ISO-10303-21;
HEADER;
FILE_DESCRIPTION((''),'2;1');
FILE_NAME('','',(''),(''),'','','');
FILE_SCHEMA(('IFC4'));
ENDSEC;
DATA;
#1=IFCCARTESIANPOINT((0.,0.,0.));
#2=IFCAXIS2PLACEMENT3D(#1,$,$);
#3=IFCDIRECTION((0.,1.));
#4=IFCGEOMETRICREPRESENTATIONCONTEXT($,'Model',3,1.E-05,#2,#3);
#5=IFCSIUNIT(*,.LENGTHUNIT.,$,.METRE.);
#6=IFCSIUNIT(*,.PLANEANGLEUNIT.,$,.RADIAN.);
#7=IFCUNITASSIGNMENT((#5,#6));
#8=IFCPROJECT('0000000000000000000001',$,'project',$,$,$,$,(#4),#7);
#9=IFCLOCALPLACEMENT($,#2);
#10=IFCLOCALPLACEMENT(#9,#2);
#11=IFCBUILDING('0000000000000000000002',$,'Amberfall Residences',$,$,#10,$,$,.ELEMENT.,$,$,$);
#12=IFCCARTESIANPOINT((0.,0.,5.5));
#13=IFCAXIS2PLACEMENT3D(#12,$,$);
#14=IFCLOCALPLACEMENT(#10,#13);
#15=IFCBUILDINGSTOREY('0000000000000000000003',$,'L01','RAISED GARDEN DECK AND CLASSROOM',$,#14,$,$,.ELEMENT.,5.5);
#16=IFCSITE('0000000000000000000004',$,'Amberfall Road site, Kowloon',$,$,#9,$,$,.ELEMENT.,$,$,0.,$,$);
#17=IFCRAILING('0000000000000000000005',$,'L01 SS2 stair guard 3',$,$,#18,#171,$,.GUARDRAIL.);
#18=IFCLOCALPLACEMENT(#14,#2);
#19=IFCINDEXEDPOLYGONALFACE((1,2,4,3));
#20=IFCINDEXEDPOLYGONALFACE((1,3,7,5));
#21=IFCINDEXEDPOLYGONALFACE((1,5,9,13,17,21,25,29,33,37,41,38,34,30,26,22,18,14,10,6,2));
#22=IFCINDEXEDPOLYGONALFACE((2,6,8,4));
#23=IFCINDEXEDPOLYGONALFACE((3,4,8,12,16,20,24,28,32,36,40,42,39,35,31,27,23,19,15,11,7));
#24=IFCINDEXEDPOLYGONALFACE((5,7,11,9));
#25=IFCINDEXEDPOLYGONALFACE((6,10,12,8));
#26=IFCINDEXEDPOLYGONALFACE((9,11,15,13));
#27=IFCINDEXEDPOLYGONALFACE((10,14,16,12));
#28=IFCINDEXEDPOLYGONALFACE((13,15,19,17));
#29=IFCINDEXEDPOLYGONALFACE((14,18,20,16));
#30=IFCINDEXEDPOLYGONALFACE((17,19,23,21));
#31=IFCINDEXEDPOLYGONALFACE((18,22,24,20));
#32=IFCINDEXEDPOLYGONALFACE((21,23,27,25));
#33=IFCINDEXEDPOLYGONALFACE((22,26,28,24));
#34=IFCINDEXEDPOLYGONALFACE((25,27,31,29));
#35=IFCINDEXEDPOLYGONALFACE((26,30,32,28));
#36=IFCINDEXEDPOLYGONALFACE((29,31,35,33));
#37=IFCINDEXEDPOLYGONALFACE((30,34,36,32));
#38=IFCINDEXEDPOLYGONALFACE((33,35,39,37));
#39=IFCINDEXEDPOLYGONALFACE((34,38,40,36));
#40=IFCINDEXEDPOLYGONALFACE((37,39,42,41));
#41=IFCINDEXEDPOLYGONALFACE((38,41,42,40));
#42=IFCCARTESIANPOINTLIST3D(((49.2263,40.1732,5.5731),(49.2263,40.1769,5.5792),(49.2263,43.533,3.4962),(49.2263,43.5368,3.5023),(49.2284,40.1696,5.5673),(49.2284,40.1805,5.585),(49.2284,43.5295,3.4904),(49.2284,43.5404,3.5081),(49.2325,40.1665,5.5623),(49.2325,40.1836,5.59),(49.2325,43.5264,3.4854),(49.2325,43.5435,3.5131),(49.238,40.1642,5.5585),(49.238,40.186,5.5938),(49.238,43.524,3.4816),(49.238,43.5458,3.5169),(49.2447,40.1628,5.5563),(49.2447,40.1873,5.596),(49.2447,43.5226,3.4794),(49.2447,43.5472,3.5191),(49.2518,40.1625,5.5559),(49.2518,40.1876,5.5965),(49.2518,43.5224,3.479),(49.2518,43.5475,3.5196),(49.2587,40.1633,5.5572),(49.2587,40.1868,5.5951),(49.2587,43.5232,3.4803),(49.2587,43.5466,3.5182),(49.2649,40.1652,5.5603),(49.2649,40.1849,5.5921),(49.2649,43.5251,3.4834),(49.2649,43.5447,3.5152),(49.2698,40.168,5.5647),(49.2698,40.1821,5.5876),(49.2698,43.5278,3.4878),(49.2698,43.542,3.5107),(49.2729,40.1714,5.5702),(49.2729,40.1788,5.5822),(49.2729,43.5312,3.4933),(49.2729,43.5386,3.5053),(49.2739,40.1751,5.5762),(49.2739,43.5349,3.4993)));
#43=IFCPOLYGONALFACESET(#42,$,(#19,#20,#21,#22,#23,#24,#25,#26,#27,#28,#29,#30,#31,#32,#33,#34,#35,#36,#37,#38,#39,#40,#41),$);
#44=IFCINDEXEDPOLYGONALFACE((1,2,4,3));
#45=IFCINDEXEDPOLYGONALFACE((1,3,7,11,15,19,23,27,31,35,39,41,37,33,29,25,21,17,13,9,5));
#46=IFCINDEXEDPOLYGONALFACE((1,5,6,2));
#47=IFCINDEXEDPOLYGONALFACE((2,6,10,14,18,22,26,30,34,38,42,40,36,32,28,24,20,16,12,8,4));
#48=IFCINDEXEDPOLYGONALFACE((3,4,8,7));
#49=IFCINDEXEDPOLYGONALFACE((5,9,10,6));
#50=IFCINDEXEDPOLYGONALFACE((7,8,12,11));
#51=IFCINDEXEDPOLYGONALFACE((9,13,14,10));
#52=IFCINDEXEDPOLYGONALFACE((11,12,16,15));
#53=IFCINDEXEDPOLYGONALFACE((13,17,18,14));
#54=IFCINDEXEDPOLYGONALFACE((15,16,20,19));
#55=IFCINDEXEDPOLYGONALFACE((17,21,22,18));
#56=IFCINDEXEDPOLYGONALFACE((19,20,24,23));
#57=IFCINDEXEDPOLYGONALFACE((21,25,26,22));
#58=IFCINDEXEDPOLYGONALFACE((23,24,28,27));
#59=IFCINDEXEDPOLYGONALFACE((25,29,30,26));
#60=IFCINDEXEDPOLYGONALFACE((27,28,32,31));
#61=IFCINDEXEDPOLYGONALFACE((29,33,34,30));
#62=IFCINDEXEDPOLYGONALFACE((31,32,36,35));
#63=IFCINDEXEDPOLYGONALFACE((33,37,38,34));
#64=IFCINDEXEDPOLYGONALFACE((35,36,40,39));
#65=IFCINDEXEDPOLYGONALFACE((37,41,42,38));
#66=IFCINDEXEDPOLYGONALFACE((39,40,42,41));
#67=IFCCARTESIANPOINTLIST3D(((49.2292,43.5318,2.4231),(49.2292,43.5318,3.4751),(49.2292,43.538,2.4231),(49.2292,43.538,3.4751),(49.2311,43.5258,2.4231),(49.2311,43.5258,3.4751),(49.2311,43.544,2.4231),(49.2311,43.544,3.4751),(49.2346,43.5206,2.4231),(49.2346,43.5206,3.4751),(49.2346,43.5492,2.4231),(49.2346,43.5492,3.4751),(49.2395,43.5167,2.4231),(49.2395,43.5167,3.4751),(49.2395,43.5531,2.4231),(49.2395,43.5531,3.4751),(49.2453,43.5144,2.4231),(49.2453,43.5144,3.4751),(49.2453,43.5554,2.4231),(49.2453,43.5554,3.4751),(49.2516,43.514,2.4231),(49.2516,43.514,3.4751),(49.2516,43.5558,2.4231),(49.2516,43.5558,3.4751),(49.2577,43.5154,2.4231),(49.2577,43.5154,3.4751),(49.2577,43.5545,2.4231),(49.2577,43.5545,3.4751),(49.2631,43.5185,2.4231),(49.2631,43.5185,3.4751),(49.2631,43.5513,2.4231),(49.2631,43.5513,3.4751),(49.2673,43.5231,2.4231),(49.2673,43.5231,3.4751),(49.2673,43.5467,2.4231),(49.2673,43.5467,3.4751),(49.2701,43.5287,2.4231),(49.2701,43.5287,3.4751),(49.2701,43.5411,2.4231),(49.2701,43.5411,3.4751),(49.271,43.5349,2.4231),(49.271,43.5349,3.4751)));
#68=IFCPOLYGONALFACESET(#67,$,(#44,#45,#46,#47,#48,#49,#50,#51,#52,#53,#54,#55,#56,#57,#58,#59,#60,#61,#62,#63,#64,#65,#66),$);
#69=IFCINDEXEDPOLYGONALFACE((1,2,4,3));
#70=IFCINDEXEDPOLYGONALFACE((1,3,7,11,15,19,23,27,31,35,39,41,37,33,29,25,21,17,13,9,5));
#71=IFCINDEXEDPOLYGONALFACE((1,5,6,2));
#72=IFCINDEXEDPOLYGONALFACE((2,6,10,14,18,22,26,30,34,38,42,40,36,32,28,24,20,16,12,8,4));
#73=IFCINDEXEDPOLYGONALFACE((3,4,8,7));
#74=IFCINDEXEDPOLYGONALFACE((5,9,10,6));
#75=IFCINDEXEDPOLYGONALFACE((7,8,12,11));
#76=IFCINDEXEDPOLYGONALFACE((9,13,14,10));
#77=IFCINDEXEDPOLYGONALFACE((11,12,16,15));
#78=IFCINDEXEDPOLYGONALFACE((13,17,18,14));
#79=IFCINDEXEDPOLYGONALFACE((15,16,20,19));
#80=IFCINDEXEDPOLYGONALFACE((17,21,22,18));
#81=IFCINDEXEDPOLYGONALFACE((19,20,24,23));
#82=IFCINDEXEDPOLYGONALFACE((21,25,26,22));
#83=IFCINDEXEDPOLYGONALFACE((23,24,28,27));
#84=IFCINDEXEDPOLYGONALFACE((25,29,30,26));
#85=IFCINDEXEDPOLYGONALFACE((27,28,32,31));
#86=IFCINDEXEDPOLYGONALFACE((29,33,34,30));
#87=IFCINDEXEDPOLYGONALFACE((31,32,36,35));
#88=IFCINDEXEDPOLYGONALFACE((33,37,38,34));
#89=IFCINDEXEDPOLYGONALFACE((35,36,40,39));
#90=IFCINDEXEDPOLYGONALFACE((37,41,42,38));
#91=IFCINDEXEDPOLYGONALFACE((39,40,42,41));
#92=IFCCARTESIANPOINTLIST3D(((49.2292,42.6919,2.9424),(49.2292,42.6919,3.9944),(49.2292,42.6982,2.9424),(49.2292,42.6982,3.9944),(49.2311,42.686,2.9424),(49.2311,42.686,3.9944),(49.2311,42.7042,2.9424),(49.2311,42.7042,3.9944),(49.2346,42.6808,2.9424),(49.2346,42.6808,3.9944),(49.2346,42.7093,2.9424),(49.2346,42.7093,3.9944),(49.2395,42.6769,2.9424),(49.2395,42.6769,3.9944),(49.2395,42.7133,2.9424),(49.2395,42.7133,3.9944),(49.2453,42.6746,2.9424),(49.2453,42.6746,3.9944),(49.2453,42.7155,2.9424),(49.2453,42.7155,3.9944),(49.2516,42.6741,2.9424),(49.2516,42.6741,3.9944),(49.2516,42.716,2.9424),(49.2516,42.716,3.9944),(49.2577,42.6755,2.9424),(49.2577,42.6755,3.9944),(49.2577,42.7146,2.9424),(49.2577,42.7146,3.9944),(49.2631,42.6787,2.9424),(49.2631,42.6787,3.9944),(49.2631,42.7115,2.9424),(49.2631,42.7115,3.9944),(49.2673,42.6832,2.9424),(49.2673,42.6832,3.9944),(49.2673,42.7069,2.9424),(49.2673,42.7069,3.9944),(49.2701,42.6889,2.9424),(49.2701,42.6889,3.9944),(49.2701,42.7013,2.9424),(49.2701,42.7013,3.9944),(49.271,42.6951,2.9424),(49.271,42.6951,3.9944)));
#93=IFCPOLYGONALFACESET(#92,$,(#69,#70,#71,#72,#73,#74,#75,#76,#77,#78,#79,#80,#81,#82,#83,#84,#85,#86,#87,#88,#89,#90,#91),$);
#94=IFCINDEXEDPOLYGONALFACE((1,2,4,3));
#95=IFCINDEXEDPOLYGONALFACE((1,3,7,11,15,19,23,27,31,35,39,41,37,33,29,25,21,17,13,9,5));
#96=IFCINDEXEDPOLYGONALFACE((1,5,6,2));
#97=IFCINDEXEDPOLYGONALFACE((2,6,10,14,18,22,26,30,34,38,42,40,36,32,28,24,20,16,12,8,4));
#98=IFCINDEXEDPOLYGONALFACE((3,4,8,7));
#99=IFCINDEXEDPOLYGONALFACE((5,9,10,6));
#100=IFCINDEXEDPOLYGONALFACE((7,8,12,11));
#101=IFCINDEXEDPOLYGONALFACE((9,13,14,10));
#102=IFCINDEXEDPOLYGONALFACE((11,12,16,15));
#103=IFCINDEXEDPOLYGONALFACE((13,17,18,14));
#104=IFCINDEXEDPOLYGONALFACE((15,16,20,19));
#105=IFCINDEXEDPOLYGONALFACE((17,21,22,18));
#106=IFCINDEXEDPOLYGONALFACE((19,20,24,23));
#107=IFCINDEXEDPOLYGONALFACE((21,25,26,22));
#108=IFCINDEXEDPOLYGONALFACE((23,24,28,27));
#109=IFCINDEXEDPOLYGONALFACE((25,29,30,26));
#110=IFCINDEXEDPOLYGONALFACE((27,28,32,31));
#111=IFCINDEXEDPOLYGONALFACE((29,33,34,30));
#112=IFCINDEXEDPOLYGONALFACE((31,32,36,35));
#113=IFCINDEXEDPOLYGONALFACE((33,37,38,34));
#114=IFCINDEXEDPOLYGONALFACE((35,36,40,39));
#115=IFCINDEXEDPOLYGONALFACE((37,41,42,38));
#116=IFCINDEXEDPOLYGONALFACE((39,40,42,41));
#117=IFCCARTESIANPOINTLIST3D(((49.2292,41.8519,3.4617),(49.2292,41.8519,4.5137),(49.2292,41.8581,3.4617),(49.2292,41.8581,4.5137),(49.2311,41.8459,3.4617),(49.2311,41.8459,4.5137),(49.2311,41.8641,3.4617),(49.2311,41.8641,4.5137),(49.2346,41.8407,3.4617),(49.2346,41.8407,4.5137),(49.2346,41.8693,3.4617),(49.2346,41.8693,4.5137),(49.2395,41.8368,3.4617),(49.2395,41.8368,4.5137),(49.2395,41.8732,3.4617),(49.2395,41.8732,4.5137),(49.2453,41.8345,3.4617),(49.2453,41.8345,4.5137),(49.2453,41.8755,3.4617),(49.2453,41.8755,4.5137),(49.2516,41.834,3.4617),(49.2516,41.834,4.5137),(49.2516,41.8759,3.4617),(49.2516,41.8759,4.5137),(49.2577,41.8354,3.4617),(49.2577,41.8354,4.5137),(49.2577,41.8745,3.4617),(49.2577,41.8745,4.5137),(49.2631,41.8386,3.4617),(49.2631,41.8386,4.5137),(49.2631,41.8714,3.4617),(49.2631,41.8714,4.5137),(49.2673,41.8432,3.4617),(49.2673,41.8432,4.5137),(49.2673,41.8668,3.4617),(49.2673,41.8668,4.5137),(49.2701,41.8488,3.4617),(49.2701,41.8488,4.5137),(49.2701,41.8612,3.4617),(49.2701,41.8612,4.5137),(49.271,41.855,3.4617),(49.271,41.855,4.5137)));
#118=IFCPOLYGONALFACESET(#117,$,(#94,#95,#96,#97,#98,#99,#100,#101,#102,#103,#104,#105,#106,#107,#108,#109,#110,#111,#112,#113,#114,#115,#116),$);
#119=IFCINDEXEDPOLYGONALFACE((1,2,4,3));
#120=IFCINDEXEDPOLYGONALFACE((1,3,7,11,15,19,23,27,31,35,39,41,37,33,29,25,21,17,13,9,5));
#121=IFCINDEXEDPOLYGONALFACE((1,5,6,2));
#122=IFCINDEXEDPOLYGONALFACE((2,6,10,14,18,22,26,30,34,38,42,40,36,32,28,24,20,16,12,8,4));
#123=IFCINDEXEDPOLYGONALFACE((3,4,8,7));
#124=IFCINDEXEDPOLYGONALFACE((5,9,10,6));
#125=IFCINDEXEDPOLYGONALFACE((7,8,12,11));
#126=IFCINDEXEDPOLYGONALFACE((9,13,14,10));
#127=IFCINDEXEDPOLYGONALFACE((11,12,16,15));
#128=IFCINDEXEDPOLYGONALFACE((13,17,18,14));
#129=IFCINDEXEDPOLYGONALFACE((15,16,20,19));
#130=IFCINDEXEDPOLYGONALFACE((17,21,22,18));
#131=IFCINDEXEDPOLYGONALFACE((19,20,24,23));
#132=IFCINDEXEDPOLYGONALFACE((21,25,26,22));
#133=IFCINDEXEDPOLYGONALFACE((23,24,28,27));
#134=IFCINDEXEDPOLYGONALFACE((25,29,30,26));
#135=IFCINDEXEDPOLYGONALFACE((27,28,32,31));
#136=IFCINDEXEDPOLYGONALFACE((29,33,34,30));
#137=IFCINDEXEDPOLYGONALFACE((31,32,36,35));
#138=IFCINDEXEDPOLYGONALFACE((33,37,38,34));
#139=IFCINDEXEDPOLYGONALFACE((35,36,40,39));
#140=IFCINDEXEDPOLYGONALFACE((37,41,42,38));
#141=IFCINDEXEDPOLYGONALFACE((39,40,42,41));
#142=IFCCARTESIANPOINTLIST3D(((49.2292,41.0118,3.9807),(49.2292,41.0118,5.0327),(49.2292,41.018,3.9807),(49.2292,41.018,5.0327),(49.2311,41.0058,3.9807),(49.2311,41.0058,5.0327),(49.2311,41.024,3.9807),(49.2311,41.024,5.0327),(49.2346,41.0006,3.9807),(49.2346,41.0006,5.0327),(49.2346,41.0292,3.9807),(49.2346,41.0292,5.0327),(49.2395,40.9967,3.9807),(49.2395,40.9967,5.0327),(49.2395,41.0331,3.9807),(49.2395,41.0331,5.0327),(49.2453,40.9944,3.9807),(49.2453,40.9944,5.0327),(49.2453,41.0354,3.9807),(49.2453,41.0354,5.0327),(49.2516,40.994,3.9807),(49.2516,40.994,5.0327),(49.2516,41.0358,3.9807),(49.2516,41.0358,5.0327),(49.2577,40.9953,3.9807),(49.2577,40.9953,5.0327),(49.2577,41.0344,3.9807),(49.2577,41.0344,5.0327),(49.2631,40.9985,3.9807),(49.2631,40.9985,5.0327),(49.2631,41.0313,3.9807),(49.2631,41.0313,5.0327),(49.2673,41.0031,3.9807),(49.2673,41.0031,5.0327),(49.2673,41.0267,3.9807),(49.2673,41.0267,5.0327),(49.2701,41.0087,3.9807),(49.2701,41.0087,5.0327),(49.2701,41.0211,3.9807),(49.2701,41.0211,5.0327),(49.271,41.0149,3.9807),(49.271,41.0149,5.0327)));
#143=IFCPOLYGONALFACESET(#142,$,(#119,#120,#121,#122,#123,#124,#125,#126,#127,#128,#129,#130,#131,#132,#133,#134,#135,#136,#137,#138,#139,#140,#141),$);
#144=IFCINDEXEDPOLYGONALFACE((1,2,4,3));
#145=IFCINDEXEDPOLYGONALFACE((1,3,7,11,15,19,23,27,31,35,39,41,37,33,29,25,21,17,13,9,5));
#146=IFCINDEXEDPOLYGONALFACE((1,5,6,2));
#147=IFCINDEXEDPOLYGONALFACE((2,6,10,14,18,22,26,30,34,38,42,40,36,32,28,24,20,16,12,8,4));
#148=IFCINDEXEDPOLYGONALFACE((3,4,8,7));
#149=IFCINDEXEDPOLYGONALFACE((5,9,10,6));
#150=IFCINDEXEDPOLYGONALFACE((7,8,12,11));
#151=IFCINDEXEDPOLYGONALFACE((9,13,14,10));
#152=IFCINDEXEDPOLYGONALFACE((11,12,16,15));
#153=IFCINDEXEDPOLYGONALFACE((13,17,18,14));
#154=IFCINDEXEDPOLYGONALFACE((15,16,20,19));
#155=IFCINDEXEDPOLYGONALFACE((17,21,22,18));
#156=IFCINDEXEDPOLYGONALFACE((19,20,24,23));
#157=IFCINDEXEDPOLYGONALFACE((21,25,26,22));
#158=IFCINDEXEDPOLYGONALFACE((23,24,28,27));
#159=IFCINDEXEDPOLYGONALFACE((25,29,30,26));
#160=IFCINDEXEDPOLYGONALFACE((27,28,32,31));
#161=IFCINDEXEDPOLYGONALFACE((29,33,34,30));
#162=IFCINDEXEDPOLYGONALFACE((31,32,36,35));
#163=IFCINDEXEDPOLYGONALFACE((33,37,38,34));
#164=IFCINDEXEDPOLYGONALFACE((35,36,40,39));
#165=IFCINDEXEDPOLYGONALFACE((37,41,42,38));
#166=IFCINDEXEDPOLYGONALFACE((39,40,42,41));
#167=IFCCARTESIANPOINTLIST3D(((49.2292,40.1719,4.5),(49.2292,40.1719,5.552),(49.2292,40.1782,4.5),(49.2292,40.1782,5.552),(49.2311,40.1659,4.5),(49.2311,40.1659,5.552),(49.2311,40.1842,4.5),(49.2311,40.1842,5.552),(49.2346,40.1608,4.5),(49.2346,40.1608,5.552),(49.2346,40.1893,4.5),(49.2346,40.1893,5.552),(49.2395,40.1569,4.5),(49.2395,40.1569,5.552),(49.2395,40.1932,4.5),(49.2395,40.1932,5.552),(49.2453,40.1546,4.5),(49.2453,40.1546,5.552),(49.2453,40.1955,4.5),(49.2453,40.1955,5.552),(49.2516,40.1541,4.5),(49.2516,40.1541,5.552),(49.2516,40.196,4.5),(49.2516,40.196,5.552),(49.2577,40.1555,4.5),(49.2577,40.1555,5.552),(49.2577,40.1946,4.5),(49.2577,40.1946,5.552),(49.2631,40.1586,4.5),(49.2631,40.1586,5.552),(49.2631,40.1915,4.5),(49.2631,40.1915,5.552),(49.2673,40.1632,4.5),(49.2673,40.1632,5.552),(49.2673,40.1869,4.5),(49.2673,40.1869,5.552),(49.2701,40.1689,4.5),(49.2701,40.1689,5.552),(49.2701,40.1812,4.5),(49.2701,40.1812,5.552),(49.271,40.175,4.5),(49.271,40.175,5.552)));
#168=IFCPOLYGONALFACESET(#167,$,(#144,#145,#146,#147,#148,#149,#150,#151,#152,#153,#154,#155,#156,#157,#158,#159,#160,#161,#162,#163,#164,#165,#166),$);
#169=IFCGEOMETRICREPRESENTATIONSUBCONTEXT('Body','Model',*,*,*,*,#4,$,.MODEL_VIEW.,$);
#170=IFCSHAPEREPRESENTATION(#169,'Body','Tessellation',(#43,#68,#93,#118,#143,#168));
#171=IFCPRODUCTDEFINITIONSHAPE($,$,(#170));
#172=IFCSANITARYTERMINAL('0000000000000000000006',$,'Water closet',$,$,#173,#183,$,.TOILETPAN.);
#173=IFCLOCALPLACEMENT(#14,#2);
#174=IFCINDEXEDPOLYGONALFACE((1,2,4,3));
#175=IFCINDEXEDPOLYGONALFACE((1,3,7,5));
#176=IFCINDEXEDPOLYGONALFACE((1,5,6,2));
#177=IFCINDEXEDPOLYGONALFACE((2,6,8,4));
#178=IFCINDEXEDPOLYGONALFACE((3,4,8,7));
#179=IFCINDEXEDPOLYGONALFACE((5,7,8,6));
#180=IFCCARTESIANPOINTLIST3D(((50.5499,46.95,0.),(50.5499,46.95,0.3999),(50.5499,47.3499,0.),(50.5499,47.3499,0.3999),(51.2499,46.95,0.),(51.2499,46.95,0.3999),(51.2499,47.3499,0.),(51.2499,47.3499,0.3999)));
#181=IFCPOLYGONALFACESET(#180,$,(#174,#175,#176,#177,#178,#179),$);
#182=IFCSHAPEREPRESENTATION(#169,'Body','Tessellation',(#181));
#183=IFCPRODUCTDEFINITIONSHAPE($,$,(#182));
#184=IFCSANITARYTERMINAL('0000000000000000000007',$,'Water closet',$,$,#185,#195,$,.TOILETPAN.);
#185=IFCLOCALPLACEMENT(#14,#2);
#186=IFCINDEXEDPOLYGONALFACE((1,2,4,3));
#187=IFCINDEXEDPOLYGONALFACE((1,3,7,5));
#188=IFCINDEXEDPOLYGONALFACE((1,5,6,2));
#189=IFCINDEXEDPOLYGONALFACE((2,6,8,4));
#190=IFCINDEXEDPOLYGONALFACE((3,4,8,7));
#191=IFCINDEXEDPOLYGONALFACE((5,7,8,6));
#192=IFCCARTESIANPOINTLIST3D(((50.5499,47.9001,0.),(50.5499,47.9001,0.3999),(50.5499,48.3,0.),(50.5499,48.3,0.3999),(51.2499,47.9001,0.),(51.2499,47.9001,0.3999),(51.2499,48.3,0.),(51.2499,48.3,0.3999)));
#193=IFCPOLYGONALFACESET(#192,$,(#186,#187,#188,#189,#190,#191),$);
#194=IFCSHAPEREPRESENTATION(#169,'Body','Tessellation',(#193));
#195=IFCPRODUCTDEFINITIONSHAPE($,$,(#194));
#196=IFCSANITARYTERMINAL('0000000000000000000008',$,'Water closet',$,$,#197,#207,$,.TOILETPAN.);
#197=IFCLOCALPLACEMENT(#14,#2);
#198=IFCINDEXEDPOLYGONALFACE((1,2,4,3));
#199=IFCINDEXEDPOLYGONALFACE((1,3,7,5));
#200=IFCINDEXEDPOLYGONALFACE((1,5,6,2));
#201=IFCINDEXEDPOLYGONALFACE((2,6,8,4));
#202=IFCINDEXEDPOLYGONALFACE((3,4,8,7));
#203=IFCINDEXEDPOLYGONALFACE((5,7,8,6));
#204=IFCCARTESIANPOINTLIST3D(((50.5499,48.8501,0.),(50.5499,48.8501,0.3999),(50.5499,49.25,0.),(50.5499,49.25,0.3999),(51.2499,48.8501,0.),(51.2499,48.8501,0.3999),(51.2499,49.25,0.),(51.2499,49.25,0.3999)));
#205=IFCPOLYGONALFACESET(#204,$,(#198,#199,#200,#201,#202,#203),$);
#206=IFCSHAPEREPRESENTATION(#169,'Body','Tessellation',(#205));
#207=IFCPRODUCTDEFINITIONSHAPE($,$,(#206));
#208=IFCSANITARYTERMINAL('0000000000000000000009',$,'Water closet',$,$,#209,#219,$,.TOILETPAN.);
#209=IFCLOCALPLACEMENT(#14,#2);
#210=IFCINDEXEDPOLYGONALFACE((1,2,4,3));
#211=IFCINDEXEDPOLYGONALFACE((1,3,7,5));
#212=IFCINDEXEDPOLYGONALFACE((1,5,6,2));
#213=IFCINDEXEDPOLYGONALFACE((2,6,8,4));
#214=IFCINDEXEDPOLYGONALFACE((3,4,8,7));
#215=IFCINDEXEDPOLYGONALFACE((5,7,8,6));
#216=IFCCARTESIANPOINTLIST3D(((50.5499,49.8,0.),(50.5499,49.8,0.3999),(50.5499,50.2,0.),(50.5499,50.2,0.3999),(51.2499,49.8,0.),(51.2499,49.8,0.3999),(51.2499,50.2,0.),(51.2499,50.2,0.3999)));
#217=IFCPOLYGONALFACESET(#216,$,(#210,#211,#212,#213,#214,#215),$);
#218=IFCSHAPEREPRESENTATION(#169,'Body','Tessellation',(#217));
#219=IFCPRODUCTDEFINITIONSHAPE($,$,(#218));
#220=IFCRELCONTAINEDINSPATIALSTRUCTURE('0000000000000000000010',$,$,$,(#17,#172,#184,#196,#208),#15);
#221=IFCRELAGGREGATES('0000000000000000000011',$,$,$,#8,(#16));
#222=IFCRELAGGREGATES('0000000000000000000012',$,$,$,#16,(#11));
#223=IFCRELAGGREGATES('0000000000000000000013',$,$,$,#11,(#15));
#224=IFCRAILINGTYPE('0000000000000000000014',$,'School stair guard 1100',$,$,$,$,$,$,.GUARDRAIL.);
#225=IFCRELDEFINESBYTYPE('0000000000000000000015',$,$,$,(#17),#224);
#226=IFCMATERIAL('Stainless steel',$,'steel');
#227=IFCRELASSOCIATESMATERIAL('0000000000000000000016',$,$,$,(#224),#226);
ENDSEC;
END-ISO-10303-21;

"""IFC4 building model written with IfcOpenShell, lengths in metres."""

from ifc_helpers import new_model, si_unit, direction, frame, origin, origin_2d, place, context, subcontext, project, spatial, rectangle, circle, extrude, material, type_object, element, save


model = new_model("IFC4")

# Units and contexts
model_context = context("Model", 3, precision=1e-05, world=origin(), true_north=direction((0.0, 1.0)))
body_context = subcontext(model_context, "Body", "Model", "MODEL_VIEW")
ifc_project = project(units=[si_unit("LENGTHUNIT", "METRE"), si_unit("PLANEANGLEUNIT", "RADIAN")], contexts=[model_context])

# Site, building, storey
site_placement = place(None, origin())
site = spatial("IfcSite", under=ifc_project, at=site_placement, Name="Amberfall Road site, Kowloon", CompositionType="ELEMENT", RefElevation=0.0)
building_placement = place(site_placement, origin())
building = spatial("IfcBuilding", under=site, at=building_placement, Name="Amberfall Residences", CompositionType="ELEMENT")
storey_placement = place(building_placement, frame((0.0, 0.0, 5.5)))
storey = spatial("IfcBuildingStorey", under=building, at=storey_placement, Name="L01", Description="RAISED GARDEN DECK AND CLASSROOM", CompositionType="ELEMENT", Elevation=5.5)

# Railing
ifc_material_1 = material(Name="Stainless steel", Category="steel")
railing_type = type_object("IfcRailingType", Name="School stair guard 1100", PredefinedType="GUARDRAIL", material=ifc_material_1)
railing_1_placement = place(storey_placement, frame((49.25, 43.5349, 2.4231)))
element("IfcRailing", 1, at=railing_1_placement, inside=storey, type_object=railing_type, Name="L01 SS2 stair guard 3", PredefinedType="GUARDRAIL", context=body_context, shape_type="SweptSolid", body=[
    extrude(circle(Radius=0.0239, at=origin_2d()), frame((0.0, 0.0, 1.0762), z_axis=(0.0, -0.850606, 0.525803), x_axis=(1.0, 0.0, 0.0)), (0.0, 0.0, 1.0), 3.95),
    extrude(circle(Radius=0.021, at=origin_2d()), origin(), (0.0, 0.0, 1.0), 1.052),
    extrude(circle(Radius=0.021, at=origin_2d()), frame((0.0, -0.8398, 0.5193)), (0.0, 0.0, 1.0), 1.052),
    extrude(circle(Radius=0.021, at=origin_2d()), frame((0.0, -1.6799, 1.0386)), (0.0, 0.0, 1.0), 1.052),
    extrude(circle(Radius=0.021, at=origin_2d()), frame((0.0, -2.52, 1.5576)), (0.0, 0.0, 1.0), 1.052),
    extrude(circle(Radius=0.021, at=origin_2d()), frame((0.0, -3.3599, 2.0769)), (0.0, 0.0, 1.0), 1.052),
])

# Sanitary terminals
for number, where, z_axis, x_axis, name in (
    (2, (50.8999, 47.1499, 0.0), (0.0, 0.0, 1.0), (1.0, 0.0, 0.0), "Water closet"),
    (3, (50.8999, 48.1001, 0.0), (0.0, 0.0, 1.0), (1.0, 0.0, 0.0), "Water closet"),
    (4, (50.8999, 49.05, 0.0), (0.0, 0.0, 1.0), (1.0, 0.0, 0.0), "Water closet"),
    (5, (50.8999, 50.0, 0.0), (0.0, 0.0, 1.0), (1.0, 0.0, 0.0), "Water closet"),
):
    element("IfcSanitaryTerminal", number, at=place(storey_placement, frame(where, z_axis=z_axis, x_axis=x_axis)), inside=storey, Name=name, PredefinedType="TOILETPAN", context=body_context, shape_type="SweptSolid", body=[
        extrude(rectangle(XDim=0.7, YDim=0.3999, at=origin_2d()), origin(), (0.0, 0.0, 1.0), 0.3999),
    ])

save(model, "model.ifc")
